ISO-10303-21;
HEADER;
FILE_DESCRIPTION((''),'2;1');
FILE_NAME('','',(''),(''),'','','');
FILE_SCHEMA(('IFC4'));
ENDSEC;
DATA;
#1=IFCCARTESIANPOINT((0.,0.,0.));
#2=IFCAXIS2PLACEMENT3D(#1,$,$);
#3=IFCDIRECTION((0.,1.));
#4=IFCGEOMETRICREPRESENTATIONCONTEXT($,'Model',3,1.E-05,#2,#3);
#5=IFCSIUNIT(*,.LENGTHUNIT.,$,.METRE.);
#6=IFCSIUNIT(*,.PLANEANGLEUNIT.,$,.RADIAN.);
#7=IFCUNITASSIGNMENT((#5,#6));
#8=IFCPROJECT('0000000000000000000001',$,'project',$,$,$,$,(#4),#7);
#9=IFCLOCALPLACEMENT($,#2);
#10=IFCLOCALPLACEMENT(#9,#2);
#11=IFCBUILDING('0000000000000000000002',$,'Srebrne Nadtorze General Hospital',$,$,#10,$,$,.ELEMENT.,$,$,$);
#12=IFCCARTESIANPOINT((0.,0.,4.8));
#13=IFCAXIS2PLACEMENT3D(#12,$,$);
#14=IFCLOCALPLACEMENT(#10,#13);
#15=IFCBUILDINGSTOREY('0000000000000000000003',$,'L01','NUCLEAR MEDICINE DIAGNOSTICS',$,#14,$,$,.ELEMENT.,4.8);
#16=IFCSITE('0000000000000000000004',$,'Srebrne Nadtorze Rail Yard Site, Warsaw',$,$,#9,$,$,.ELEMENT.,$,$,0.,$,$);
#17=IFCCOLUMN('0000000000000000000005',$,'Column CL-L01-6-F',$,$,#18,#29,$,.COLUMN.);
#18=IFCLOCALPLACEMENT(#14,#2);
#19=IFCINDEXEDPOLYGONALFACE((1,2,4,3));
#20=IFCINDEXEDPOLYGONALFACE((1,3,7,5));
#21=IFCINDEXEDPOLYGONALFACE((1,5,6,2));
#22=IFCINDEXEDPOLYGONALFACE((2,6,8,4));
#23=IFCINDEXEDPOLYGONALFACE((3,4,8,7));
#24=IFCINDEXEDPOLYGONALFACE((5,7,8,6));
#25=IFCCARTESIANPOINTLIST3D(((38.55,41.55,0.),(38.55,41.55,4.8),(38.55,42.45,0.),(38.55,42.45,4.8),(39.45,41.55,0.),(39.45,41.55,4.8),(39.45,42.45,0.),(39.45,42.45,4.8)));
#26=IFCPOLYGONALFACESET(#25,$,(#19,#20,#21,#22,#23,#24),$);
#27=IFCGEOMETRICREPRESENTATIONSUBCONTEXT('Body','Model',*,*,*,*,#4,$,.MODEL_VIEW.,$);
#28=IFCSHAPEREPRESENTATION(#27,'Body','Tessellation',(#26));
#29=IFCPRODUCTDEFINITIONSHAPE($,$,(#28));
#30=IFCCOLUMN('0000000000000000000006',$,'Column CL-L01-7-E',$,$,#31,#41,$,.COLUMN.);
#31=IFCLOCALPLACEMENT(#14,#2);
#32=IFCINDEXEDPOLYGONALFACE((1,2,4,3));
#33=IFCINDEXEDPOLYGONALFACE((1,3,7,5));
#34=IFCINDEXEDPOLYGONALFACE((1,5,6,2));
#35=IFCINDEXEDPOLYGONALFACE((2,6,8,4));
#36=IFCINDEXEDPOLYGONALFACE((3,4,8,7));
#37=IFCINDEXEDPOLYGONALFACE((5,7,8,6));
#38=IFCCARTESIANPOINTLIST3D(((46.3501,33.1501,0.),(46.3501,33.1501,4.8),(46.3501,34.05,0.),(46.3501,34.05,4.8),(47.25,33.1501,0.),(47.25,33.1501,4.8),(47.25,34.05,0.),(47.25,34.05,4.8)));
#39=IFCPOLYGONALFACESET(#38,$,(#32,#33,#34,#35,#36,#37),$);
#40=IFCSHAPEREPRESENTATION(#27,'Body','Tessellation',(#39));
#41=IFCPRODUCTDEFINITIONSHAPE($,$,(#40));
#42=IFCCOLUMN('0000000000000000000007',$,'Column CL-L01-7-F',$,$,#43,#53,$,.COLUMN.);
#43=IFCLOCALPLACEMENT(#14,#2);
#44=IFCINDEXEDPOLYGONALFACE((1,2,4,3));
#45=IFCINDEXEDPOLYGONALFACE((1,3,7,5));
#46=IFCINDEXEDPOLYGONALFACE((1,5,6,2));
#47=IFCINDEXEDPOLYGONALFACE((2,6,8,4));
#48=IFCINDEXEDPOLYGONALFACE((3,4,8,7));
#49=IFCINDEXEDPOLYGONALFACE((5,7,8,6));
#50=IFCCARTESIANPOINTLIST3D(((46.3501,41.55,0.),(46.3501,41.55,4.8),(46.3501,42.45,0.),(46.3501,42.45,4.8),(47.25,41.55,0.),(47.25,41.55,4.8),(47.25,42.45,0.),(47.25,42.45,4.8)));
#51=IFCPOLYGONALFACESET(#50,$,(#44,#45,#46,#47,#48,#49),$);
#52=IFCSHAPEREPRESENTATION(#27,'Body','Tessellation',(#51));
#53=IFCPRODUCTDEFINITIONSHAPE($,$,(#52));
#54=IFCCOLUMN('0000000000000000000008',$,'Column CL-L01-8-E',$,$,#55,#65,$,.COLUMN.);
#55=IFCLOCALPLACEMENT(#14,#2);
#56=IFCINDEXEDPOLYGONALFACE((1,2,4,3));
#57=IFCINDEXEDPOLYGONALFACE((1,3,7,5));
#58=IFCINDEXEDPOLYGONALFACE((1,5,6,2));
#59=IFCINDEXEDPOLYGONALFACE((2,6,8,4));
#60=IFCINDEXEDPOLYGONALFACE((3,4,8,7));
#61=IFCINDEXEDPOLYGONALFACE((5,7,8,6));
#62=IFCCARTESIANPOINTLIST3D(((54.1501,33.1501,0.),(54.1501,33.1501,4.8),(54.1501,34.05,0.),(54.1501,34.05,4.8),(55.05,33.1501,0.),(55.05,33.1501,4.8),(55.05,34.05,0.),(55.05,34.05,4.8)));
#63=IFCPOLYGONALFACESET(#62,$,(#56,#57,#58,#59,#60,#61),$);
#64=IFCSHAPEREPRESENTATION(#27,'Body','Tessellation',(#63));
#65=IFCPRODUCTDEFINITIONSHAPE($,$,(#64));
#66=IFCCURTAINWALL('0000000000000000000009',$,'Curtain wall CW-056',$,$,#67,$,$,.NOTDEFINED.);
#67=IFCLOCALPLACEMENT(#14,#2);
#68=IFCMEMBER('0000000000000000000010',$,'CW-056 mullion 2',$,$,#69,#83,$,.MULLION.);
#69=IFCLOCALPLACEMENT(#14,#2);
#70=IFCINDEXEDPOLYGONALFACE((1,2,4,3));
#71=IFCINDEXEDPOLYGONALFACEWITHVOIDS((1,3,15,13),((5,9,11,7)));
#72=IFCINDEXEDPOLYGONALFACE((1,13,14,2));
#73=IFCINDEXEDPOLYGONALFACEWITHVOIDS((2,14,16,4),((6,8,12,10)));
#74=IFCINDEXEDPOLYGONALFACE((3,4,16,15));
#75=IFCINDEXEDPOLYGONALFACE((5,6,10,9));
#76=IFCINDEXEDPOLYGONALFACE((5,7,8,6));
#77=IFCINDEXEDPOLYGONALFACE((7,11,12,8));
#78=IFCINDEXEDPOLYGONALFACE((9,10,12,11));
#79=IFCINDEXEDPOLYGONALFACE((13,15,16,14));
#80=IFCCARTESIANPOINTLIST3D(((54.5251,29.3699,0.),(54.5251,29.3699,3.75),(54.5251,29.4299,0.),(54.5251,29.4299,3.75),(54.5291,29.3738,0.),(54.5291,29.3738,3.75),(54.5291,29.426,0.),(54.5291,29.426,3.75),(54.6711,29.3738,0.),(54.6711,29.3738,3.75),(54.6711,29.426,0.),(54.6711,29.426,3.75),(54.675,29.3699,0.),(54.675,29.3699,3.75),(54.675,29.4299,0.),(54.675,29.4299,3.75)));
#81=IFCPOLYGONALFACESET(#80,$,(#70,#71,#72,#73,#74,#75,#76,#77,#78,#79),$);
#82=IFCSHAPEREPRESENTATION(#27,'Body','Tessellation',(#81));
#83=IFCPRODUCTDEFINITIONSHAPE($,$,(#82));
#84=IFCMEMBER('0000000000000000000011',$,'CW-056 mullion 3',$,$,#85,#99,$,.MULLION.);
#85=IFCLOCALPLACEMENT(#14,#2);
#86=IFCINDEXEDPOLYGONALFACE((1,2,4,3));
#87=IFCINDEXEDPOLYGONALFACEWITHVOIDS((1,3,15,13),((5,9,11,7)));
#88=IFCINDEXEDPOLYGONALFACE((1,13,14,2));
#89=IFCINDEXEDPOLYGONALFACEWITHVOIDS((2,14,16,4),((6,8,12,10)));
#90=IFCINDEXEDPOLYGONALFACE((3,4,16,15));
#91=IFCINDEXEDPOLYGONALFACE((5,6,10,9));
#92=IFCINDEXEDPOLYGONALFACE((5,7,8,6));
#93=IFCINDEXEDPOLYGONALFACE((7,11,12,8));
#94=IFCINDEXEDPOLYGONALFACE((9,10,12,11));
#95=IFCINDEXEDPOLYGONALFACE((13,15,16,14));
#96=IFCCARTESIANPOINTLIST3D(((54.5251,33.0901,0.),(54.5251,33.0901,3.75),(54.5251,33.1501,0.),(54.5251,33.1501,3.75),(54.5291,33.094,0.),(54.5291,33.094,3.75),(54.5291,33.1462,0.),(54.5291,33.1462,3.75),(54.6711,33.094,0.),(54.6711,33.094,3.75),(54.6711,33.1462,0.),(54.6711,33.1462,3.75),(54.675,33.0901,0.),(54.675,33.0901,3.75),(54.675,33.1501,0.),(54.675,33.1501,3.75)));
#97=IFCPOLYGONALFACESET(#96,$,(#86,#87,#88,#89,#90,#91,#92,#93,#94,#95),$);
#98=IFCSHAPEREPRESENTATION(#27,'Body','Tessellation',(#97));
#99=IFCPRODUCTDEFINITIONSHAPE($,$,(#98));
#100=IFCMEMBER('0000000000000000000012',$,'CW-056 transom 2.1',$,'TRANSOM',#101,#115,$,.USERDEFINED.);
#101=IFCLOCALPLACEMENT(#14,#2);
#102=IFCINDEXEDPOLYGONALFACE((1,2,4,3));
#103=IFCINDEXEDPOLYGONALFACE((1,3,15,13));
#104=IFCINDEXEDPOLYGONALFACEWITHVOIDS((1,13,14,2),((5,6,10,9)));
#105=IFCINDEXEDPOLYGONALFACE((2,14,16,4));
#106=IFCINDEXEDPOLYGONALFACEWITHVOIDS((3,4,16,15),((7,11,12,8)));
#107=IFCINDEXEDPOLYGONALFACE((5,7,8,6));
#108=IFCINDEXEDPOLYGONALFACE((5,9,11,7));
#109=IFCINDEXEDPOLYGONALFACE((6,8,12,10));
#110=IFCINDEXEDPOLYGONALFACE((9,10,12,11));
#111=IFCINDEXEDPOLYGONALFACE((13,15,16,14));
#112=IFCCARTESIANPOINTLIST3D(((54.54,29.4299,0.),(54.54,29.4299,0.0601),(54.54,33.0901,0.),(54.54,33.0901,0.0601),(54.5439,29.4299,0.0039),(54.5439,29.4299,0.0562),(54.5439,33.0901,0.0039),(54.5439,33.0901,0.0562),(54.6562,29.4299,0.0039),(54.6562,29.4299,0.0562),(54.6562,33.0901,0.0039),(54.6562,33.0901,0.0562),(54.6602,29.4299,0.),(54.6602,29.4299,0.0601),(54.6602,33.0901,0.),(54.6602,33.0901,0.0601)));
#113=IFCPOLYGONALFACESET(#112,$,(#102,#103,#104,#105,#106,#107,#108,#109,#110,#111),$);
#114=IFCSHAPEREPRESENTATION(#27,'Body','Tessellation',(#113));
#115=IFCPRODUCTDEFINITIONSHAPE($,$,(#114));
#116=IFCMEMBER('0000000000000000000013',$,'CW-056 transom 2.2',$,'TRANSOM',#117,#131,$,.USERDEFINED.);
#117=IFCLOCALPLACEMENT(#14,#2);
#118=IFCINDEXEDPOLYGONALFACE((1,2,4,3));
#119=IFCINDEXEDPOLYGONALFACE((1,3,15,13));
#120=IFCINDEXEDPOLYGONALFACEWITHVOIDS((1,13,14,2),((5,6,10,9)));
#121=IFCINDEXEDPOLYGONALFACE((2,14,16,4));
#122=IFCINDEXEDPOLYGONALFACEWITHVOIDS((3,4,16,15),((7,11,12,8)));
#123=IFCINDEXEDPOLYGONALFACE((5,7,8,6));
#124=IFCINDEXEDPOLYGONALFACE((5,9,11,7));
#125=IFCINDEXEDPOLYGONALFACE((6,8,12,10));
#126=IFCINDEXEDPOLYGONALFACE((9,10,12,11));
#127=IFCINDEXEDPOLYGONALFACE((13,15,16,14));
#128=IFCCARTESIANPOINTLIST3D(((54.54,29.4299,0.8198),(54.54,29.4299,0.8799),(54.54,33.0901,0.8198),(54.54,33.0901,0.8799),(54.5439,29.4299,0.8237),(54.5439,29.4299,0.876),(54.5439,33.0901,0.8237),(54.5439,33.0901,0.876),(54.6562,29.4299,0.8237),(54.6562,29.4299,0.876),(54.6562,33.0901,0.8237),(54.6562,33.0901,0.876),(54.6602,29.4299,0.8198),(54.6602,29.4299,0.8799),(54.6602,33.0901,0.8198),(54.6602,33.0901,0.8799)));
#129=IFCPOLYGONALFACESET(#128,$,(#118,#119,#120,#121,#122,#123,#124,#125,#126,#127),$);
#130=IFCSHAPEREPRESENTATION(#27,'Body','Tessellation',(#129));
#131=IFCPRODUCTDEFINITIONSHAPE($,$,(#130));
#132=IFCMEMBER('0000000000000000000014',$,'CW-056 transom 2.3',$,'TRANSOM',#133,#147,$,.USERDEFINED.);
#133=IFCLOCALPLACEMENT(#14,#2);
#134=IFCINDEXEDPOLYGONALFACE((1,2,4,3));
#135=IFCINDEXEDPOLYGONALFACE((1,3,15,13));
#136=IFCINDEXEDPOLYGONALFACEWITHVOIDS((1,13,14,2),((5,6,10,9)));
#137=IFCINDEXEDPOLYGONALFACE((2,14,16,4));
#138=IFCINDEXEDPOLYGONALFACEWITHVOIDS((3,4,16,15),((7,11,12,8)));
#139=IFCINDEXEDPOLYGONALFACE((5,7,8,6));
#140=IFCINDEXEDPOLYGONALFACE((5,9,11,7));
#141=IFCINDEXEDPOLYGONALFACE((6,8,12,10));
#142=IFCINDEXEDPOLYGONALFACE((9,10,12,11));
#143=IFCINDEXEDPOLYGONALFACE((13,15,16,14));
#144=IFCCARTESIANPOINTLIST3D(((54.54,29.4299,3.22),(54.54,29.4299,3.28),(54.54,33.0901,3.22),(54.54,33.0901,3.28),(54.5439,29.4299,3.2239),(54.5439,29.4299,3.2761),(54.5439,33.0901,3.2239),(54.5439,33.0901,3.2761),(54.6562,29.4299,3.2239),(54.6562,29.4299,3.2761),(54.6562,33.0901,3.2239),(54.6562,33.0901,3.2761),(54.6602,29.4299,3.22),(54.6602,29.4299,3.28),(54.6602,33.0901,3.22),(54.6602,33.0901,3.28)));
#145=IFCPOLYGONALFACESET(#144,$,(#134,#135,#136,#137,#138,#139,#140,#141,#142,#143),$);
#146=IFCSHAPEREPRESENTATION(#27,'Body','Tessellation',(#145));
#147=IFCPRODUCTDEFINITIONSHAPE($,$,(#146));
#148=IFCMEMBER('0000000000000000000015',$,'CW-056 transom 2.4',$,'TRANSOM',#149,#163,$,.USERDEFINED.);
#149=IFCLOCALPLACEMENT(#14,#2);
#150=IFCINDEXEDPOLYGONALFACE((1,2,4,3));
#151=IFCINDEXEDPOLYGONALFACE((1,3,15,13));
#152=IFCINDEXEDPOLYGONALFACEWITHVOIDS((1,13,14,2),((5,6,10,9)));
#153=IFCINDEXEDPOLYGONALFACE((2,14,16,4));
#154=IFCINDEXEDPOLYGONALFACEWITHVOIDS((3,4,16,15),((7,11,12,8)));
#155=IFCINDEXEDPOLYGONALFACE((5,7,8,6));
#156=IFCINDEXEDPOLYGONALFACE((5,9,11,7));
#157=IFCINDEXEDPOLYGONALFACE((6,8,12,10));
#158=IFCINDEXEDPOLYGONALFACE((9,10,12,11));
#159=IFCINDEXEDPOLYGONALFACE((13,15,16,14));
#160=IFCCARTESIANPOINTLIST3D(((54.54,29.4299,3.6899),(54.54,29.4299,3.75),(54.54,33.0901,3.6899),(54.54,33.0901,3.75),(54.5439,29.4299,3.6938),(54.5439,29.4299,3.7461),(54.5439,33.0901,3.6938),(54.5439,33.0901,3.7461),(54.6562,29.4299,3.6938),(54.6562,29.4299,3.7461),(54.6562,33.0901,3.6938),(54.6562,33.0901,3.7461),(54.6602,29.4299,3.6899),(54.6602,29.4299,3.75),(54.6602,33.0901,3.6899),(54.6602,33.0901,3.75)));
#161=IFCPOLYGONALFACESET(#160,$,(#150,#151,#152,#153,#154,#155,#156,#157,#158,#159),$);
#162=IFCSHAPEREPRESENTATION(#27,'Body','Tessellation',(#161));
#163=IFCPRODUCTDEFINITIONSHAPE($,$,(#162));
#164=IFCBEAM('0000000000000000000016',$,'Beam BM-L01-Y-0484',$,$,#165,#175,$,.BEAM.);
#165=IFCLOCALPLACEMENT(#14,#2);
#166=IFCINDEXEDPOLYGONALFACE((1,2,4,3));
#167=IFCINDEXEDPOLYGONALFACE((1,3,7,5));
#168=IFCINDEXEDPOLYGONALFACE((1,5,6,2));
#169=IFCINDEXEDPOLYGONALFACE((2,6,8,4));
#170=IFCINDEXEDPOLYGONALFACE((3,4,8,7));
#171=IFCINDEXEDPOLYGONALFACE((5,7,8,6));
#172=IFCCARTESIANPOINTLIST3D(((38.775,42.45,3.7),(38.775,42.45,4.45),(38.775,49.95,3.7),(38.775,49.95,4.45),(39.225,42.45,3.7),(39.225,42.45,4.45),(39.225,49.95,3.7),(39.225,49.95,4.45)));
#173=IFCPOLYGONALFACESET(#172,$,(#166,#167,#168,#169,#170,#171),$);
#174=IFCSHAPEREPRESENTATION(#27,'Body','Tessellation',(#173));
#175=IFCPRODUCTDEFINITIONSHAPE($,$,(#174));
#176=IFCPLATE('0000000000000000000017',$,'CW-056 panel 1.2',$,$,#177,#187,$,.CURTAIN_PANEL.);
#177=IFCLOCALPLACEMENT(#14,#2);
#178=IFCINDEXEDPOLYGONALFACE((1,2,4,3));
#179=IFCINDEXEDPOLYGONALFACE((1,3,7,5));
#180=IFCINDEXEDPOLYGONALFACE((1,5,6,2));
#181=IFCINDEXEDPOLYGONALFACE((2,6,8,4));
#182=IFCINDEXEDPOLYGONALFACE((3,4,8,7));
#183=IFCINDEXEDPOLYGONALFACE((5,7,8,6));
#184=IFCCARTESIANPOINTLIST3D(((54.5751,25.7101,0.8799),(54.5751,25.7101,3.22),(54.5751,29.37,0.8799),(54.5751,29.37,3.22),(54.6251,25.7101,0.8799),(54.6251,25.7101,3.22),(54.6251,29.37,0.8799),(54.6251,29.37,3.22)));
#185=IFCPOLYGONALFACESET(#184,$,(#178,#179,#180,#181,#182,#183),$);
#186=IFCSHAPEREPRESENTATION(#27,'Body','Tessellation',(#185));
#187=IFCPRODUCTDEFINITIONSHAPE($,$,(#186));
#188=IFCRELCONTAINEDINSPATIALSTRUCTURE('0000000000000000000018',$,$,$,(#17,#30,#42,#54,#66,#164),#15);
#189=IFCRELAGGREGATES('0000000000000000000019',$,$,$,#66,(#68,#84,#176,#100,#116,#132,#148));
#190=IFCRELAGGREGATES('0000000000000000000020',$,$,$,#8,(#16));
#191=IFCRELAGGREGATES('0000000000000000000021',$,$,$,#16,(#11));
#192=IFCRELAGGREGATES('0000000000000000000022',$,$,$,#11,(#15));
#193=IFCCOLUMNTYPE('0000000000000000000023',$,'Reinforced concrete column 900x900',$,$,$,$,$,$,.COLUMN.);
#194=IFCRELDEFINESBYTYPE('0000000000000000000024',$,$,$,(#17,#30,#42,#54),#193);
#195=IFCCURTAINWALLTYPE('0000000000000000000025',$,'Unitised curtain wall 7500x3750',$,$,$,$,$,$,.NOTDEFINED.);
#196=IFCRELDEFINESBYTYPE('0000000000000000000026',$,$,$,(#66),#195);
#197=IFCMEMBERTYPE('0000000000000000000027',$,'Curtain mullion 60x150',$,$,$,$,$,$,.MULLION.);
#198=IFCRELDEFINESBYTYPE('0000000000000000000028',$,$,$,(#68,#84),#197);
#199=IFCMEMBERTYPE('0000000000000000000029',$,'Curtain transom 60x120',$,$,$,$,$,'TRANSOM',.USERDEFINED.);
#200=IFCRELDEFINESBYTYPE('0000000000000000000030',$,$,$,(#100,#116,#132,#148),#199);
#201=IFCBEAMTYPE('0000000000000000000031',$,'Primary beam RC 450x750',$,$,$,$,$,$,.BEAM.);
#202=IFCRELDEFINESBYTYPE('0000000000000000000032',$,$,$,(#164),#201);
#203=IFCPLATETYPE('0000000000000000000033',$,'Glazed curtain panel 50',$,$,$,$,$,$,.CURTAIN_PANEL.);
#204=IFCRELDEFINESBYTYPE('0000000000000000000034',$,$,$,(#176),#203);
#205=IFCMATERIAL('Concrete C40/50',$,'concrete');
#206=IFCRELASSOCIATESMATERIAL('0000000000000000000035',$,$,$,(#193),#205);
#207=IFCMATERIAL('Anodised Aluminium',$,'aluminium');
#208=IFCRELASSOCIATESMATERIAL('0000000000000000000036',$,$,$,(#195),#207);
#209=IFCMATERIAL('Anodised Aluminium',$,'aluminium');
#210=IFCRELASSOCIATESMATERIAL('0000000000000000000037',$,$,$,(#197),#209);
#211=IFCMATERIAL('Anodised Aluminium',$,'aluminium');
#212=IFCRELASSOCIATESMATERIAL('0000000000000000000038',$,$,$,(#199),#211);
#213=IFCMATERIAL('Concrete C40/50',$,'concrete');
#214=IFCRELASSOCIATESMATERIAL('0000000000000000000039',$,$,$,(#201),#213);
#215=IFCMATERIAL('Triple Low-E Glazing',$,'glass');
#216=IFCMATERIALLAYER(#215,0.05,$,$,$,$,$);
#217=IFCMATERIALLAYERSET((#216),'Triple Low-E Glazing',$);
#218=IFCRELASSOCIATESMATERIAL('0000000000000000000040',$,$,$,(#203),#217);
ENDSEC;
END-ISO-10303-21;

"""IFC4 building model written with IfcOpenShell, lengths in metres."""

from ifc_helpers import new_model, si_unit, direction, frame, origin, origin_2d, place, context, subcontext, project, spatial, rectangle, hollow_rectangle, extrude, material, layer, layer_set, material_profile, profile_set, type_object, element, aggregate, save


model = new_model("IFC4")

# Units and contexts
model_context = context("Model", 3, precision=1e-05, world=origin(), true_north=direction((0.0, 1.0)))
body_context = subcontext(model_context, "Body", "Model", "MODEL_VIEW")
ifc_project = project(units=[si_unit("LENGTHUNIT", "METRE"), si_unit("PLANEANGLEUNIT", "RADIAN")], contexts=[model_context])

# Site, building, storey
site_placement = place(None, origin())
site = spatial("IfcSite", under=ifc_project, at=site_placement, Name="Srebrne Nadtorze Rail Yard Site, Warsaw", CompositionType="ELEMENT", RefElevation=0.0)
building_placement = place(site_placement, origin())
building = spatial("IfcBuilding", under=site, at=building_placement, Name="Srebrne Nadtorze General Hospital", CompositionType="ELEMENT")
storey_placement = place(building_placement, frame((0.0, 0.0, 4.8)))
storey = spatial("IfcBuildingStorey", under=building, at=storey_placement, Name="L01", Description="NUCLEAR MEDICINE DIAGNOSTICS", CompositionType="ELEMENT", Elevation=4.8)

# Columns
ifc_material_1 = material(Name="Concrete C40/50", Category="concrete")
ifc_material_profile_1 = material_profile(ifc_material_1, rectangle(XDim=0.8999, YDim=0.8999, at=origin_2d()), Name="RC-COL-900x900")
ifc_profile_set_1 = profile_set([ifc_material_profile_1], Name="Concrete C40/50")
column_type = type_object("IfcColumnType", Name="Reinforced concrete column 900x900", PredefinedType="COLUMN", material=ifc_profile_set_1)
for number, where, z_axis, x_axis, name in (
    (1, (39.0, 42.0, 0.0), (0.0, 0.0, 1.0), (1.0, 0.0, 0.0), "Column CL-L01-6-F"),
    (2, (46.8, 33.6001, 0.0), (0.0, 0.0, 1.0), (1.0, 0.0, 0.0), "Column CL-L01-7-E"),
    (3, (46.8, 42.0, 0.0), (0.0, 0.0, 1.0), (1.0, 0.0, 0.0), "Column CL-L01-7-F"),
    (4, (54.6001, 33.6001, 0.0), (0.0, 0.0, 1.0), (1.0, 0.0, 0.0), "Column CL-L01-8-E"),
):
    element("IfcColumn", number, at=place(storey_placement, frame(where, z_axis=z_axis, x_axis=x_axis)), inside=storey, type_object=column_type, Name=name, PredefinedType="COLUMN", context=body_context, shape_type="SweptSolid", body=[
        extrude(rectangle(XDim=0.8999, YDim=0.8999, at=origin_2d()), origin(), (0.0, 0.0, 1.0), 4.8),
    ])

# Curtain wall, members
ifc_material_2 = material(Name="Anodised Aluminium", Category="aluminium")
curtain_wall_type = type_object("IfcCurtainWallType", Name="Unitised curtain wall 7500x3750", PredefinedType="NOTDEFINED", material=ifc_material_2)
curtain_wall_placement = place(storey_placement, origin())
curtain_wall = element("IfcCurtainWall", 5, at=curtain_wall_placement, inside=storey, type_object=curtain_wall_type, Name="Curtain wall CW-056", PredefinedType="NOTDEFINED")
ifc_material_3 = material(Name="Anodised Aluminium", Category="aluminium")
ifc_material_profile_2 = material_profile(ifc_material_3, hollow_rectangle(XDim=0.0601, YDim=0.1499, WallThickness=0.0039, at=origin_2d()), Name="AL-MUL-60x150")
ifc_profile_set_2 = profile_set([ifc_material_profile_2], Name="Anodised Aluminium")
member_type_1 = type_object("IfcMemberType", Name="Curtain mullion 60x150", PredefinedType="MULLION", material=ifc_profile_set_2)
member_1_placement = place(storey_placement, frame((54.6001, 29.3999, 0.0), z_axis=(0.0, 0.0, 1.0), x_axis=(0.0, 1.0, 0.0)))
member_1 = element("IfcMember", 6, at=member_1_placement, type_object=member_type_1, Name="CW-056 mullion 2", PredefinedType="MULLION", context=body_context, shape_type="SweptSolid", body=[
    extrude(hollow_rectangle(XDim=0.0601, YDim=0.1499, WallThickness=0.0039, at=origin_2d()), origin(), (0.0, 0.0, 1.0), 3.75),
])
member_2_placement = place(storey_placement, frame((54.6001, 33.1201, 0.0), z_axis=(0.0, 0.0, 1.0), x_axis=(0.0, 1.0, 0.0)))
member_2 = element("IfcMember", 7, at=member_2_placement, type_object=member_type_1, Name="CW-056 mullion 3", PredefinedType="MULLION", context=body_context, shape_type="SweptSolid", body=[
    extrude(hollow_rectangle(XDim=0.0601, YDim=0.1499, WallThickness=0.0039, at=origin_2d()), origin(), (0.0, 0.0, 1.0), 3.75),
])
ifc_material_4 = material(Name="Anodised Aluminium", Category="aluminium")
ifc_material_profile_3 = material_profile(ifc_material_4, hollow_rectangle(XDim=0.0601, YDim=0.1201, WallThickness=0.0039, at=origin_2d()), Name="AL-TRN-60x120")
ifc_profile_set_3 = profile_set([ifc_material_profile_3], Name="Anodised Aluminium")
member_type_2 = type_object("IfcMemberType", Name="Curtain transom 60x120", ElementType="TRANSOM", PredefinedType="USERDEFINED", material=ifc_profile_set_3)
member_3_placement = place(storey_placement, frame((54.6001, 29.4299, 0.03), z_axis=(0.0, 1.0, 0.0), x_axis=(0.0, 0.0, 1.0)))
member_3 = element("IfcMember", 8, at=member_3_placement, type_object=member_type_2, Name="CW-056 transom 2.1", ObjectType="TRANSOM", PredefinedType="USERDEFINED", context=body_context, shape_type="SweptSolid", body=[
    extrude(hollow_rectangle(XDim=0.0601, YDim=0.1201, WallThickness=0.0039, at=origin_2d()), origin(), (0.0, 0.0, 1.0), 3.6602),
])
member_4_placement = place(storey_placement, frame((54.6001, 29.4299, 0.8499), z_axis=(0.0, 1.0, 0.0), x_axis=(0.0, 0.0, 1.0)))
member_4 = element("IfcMember", 9, at=member_4_placement, type_object=member_type_2, Name="CW-056 transom 2.2", ObjectType="TRANSOM", PredefinedType="USERDEFINED", context=body_context, shape_type="SweptSolid", body=[
    extrude(hollow_rectangle(XDim=0.0601, YDim=0.1201, WallThickness=0.0039, at=origin_2d()), origin(), (0.0, 0.0, 1.0), 3.6602),
])
member_5_placement = place(storey_placement, frame((54.6001, 29.4299, 3.25), z_axis=(0.0, 1.0, 0.0), x_axis=(0.0, 0.0, 1.0)))
member_5 = element("IfcMember", 10, at=member_5_placement, type_object=member_type_2, Name="CW-056 transom 2.3", ObjectType="TRANSOM", PredefinedType="USERDEFINED", context=body_context, shape_type="SweptSolid", body=[
    extrude(hollow_rectangle(XDim=0.0601, YDim=0.1201, WallThickness=0.0039, at=origin_2d()), origin(), (0.0, 0.0, 1.0), 3.6602),
])
member_6_placement = place(storey_placement, frame((54.6001, 29.4299, 3.72), z_axis=(0.0, 1.0, 0.0), x_axis=(0.0, 0.0, 1.0)))
member_6 = element("IfcMember", 11, at=member_6_placement, type_object=member_type_2, Name="CW-056 transom 2.4", ObjectType="TRANSOM", PredefinedType="USERDEFINED", context=body_context, shape_type="SweptSolid", body=[
    extrude(hollow_rectangle(XDim=0.0601, YDim=0.1201, WallThickness=0.0039, at=origin_2d()), origin(), (0.0, 0.0, 1.0), 3.6602),
])

# Beam
ifc_material_5 = material(Name="Concrete C40/50", Category="concrete")
ifc_material_profile_4 = material_profile(ifc_material_5, rectangle(XDim=0.45, YDim=0.75, at=origin_2d()), Name="RC-BM-450x750")
ifc_profile_set_4 = profile_set([ifc_material_profile_4], Name="Concrete C40/50")
beam_type = type_object("IfcBeamType", Name="Primary beam RC 450x750", PredefinedType="BEAM", material=ifc_profile_set_4)
beam_placement = place(storey_placement, frame((39.0, 42.45, 4.075), z_axis=(0.0, 1.0, 0.0), x_axis=(-1.0, 0.0, 0.0)))
element("IfcBeam", 12, at=beam_placement, inside=storey, type_object=beam_type, Name="Beam BM-L01-Y-0484", PredefinedType="BEAM", context=body_context, shape_type="SweptSolid", body=[
    extrude(rectangle(XDim=0.45, YDim=0.75, at=origin_2d()), origin(), (0.0, 0.0, 1.0), 7.5),
])

# Plate
ifc_material_6 = material(Name="Triple Low-E Glazing", Category="glass")
ifc_layer_1 = layer(ifc_material_6, 0.05)
ifc_layer_set_1 = layer_set([ifc_layer_1], Name="Triple Low-E Glazing")
plate_type = type_object("IfcPlateType", Name="Glazed curtain panel 50", PredefinedType="CURTAIN_PANEL", material=ifc_layer_set_1)
plate_1_placement = place(storey_placement, frame((54.6001, 27.54, 0.8799), z_axis=(0.0, 0.0, 1.0), x_axis=(0.0, 1.0, 0.0)))
plate_1 = element("IfcPlate", 13, at=plate_1_placement, type_object=plate_type, Name="CW-056 panel 1.2", PredefinedType="CURTAIN_PANEL", context=body_context, shape_type="SweptSolid", body=[
    extrude(rectangle(XDim=3.6599, YDim=0.05, at=origin_2d()), origin(), (0.0, 0.0, 1.0), 2.3401),
])
aggregate(curtain_wall, [member_1, member_2, plate_1, member_3, member_4, member_5, member_6])

save(model, "model.ifc")
